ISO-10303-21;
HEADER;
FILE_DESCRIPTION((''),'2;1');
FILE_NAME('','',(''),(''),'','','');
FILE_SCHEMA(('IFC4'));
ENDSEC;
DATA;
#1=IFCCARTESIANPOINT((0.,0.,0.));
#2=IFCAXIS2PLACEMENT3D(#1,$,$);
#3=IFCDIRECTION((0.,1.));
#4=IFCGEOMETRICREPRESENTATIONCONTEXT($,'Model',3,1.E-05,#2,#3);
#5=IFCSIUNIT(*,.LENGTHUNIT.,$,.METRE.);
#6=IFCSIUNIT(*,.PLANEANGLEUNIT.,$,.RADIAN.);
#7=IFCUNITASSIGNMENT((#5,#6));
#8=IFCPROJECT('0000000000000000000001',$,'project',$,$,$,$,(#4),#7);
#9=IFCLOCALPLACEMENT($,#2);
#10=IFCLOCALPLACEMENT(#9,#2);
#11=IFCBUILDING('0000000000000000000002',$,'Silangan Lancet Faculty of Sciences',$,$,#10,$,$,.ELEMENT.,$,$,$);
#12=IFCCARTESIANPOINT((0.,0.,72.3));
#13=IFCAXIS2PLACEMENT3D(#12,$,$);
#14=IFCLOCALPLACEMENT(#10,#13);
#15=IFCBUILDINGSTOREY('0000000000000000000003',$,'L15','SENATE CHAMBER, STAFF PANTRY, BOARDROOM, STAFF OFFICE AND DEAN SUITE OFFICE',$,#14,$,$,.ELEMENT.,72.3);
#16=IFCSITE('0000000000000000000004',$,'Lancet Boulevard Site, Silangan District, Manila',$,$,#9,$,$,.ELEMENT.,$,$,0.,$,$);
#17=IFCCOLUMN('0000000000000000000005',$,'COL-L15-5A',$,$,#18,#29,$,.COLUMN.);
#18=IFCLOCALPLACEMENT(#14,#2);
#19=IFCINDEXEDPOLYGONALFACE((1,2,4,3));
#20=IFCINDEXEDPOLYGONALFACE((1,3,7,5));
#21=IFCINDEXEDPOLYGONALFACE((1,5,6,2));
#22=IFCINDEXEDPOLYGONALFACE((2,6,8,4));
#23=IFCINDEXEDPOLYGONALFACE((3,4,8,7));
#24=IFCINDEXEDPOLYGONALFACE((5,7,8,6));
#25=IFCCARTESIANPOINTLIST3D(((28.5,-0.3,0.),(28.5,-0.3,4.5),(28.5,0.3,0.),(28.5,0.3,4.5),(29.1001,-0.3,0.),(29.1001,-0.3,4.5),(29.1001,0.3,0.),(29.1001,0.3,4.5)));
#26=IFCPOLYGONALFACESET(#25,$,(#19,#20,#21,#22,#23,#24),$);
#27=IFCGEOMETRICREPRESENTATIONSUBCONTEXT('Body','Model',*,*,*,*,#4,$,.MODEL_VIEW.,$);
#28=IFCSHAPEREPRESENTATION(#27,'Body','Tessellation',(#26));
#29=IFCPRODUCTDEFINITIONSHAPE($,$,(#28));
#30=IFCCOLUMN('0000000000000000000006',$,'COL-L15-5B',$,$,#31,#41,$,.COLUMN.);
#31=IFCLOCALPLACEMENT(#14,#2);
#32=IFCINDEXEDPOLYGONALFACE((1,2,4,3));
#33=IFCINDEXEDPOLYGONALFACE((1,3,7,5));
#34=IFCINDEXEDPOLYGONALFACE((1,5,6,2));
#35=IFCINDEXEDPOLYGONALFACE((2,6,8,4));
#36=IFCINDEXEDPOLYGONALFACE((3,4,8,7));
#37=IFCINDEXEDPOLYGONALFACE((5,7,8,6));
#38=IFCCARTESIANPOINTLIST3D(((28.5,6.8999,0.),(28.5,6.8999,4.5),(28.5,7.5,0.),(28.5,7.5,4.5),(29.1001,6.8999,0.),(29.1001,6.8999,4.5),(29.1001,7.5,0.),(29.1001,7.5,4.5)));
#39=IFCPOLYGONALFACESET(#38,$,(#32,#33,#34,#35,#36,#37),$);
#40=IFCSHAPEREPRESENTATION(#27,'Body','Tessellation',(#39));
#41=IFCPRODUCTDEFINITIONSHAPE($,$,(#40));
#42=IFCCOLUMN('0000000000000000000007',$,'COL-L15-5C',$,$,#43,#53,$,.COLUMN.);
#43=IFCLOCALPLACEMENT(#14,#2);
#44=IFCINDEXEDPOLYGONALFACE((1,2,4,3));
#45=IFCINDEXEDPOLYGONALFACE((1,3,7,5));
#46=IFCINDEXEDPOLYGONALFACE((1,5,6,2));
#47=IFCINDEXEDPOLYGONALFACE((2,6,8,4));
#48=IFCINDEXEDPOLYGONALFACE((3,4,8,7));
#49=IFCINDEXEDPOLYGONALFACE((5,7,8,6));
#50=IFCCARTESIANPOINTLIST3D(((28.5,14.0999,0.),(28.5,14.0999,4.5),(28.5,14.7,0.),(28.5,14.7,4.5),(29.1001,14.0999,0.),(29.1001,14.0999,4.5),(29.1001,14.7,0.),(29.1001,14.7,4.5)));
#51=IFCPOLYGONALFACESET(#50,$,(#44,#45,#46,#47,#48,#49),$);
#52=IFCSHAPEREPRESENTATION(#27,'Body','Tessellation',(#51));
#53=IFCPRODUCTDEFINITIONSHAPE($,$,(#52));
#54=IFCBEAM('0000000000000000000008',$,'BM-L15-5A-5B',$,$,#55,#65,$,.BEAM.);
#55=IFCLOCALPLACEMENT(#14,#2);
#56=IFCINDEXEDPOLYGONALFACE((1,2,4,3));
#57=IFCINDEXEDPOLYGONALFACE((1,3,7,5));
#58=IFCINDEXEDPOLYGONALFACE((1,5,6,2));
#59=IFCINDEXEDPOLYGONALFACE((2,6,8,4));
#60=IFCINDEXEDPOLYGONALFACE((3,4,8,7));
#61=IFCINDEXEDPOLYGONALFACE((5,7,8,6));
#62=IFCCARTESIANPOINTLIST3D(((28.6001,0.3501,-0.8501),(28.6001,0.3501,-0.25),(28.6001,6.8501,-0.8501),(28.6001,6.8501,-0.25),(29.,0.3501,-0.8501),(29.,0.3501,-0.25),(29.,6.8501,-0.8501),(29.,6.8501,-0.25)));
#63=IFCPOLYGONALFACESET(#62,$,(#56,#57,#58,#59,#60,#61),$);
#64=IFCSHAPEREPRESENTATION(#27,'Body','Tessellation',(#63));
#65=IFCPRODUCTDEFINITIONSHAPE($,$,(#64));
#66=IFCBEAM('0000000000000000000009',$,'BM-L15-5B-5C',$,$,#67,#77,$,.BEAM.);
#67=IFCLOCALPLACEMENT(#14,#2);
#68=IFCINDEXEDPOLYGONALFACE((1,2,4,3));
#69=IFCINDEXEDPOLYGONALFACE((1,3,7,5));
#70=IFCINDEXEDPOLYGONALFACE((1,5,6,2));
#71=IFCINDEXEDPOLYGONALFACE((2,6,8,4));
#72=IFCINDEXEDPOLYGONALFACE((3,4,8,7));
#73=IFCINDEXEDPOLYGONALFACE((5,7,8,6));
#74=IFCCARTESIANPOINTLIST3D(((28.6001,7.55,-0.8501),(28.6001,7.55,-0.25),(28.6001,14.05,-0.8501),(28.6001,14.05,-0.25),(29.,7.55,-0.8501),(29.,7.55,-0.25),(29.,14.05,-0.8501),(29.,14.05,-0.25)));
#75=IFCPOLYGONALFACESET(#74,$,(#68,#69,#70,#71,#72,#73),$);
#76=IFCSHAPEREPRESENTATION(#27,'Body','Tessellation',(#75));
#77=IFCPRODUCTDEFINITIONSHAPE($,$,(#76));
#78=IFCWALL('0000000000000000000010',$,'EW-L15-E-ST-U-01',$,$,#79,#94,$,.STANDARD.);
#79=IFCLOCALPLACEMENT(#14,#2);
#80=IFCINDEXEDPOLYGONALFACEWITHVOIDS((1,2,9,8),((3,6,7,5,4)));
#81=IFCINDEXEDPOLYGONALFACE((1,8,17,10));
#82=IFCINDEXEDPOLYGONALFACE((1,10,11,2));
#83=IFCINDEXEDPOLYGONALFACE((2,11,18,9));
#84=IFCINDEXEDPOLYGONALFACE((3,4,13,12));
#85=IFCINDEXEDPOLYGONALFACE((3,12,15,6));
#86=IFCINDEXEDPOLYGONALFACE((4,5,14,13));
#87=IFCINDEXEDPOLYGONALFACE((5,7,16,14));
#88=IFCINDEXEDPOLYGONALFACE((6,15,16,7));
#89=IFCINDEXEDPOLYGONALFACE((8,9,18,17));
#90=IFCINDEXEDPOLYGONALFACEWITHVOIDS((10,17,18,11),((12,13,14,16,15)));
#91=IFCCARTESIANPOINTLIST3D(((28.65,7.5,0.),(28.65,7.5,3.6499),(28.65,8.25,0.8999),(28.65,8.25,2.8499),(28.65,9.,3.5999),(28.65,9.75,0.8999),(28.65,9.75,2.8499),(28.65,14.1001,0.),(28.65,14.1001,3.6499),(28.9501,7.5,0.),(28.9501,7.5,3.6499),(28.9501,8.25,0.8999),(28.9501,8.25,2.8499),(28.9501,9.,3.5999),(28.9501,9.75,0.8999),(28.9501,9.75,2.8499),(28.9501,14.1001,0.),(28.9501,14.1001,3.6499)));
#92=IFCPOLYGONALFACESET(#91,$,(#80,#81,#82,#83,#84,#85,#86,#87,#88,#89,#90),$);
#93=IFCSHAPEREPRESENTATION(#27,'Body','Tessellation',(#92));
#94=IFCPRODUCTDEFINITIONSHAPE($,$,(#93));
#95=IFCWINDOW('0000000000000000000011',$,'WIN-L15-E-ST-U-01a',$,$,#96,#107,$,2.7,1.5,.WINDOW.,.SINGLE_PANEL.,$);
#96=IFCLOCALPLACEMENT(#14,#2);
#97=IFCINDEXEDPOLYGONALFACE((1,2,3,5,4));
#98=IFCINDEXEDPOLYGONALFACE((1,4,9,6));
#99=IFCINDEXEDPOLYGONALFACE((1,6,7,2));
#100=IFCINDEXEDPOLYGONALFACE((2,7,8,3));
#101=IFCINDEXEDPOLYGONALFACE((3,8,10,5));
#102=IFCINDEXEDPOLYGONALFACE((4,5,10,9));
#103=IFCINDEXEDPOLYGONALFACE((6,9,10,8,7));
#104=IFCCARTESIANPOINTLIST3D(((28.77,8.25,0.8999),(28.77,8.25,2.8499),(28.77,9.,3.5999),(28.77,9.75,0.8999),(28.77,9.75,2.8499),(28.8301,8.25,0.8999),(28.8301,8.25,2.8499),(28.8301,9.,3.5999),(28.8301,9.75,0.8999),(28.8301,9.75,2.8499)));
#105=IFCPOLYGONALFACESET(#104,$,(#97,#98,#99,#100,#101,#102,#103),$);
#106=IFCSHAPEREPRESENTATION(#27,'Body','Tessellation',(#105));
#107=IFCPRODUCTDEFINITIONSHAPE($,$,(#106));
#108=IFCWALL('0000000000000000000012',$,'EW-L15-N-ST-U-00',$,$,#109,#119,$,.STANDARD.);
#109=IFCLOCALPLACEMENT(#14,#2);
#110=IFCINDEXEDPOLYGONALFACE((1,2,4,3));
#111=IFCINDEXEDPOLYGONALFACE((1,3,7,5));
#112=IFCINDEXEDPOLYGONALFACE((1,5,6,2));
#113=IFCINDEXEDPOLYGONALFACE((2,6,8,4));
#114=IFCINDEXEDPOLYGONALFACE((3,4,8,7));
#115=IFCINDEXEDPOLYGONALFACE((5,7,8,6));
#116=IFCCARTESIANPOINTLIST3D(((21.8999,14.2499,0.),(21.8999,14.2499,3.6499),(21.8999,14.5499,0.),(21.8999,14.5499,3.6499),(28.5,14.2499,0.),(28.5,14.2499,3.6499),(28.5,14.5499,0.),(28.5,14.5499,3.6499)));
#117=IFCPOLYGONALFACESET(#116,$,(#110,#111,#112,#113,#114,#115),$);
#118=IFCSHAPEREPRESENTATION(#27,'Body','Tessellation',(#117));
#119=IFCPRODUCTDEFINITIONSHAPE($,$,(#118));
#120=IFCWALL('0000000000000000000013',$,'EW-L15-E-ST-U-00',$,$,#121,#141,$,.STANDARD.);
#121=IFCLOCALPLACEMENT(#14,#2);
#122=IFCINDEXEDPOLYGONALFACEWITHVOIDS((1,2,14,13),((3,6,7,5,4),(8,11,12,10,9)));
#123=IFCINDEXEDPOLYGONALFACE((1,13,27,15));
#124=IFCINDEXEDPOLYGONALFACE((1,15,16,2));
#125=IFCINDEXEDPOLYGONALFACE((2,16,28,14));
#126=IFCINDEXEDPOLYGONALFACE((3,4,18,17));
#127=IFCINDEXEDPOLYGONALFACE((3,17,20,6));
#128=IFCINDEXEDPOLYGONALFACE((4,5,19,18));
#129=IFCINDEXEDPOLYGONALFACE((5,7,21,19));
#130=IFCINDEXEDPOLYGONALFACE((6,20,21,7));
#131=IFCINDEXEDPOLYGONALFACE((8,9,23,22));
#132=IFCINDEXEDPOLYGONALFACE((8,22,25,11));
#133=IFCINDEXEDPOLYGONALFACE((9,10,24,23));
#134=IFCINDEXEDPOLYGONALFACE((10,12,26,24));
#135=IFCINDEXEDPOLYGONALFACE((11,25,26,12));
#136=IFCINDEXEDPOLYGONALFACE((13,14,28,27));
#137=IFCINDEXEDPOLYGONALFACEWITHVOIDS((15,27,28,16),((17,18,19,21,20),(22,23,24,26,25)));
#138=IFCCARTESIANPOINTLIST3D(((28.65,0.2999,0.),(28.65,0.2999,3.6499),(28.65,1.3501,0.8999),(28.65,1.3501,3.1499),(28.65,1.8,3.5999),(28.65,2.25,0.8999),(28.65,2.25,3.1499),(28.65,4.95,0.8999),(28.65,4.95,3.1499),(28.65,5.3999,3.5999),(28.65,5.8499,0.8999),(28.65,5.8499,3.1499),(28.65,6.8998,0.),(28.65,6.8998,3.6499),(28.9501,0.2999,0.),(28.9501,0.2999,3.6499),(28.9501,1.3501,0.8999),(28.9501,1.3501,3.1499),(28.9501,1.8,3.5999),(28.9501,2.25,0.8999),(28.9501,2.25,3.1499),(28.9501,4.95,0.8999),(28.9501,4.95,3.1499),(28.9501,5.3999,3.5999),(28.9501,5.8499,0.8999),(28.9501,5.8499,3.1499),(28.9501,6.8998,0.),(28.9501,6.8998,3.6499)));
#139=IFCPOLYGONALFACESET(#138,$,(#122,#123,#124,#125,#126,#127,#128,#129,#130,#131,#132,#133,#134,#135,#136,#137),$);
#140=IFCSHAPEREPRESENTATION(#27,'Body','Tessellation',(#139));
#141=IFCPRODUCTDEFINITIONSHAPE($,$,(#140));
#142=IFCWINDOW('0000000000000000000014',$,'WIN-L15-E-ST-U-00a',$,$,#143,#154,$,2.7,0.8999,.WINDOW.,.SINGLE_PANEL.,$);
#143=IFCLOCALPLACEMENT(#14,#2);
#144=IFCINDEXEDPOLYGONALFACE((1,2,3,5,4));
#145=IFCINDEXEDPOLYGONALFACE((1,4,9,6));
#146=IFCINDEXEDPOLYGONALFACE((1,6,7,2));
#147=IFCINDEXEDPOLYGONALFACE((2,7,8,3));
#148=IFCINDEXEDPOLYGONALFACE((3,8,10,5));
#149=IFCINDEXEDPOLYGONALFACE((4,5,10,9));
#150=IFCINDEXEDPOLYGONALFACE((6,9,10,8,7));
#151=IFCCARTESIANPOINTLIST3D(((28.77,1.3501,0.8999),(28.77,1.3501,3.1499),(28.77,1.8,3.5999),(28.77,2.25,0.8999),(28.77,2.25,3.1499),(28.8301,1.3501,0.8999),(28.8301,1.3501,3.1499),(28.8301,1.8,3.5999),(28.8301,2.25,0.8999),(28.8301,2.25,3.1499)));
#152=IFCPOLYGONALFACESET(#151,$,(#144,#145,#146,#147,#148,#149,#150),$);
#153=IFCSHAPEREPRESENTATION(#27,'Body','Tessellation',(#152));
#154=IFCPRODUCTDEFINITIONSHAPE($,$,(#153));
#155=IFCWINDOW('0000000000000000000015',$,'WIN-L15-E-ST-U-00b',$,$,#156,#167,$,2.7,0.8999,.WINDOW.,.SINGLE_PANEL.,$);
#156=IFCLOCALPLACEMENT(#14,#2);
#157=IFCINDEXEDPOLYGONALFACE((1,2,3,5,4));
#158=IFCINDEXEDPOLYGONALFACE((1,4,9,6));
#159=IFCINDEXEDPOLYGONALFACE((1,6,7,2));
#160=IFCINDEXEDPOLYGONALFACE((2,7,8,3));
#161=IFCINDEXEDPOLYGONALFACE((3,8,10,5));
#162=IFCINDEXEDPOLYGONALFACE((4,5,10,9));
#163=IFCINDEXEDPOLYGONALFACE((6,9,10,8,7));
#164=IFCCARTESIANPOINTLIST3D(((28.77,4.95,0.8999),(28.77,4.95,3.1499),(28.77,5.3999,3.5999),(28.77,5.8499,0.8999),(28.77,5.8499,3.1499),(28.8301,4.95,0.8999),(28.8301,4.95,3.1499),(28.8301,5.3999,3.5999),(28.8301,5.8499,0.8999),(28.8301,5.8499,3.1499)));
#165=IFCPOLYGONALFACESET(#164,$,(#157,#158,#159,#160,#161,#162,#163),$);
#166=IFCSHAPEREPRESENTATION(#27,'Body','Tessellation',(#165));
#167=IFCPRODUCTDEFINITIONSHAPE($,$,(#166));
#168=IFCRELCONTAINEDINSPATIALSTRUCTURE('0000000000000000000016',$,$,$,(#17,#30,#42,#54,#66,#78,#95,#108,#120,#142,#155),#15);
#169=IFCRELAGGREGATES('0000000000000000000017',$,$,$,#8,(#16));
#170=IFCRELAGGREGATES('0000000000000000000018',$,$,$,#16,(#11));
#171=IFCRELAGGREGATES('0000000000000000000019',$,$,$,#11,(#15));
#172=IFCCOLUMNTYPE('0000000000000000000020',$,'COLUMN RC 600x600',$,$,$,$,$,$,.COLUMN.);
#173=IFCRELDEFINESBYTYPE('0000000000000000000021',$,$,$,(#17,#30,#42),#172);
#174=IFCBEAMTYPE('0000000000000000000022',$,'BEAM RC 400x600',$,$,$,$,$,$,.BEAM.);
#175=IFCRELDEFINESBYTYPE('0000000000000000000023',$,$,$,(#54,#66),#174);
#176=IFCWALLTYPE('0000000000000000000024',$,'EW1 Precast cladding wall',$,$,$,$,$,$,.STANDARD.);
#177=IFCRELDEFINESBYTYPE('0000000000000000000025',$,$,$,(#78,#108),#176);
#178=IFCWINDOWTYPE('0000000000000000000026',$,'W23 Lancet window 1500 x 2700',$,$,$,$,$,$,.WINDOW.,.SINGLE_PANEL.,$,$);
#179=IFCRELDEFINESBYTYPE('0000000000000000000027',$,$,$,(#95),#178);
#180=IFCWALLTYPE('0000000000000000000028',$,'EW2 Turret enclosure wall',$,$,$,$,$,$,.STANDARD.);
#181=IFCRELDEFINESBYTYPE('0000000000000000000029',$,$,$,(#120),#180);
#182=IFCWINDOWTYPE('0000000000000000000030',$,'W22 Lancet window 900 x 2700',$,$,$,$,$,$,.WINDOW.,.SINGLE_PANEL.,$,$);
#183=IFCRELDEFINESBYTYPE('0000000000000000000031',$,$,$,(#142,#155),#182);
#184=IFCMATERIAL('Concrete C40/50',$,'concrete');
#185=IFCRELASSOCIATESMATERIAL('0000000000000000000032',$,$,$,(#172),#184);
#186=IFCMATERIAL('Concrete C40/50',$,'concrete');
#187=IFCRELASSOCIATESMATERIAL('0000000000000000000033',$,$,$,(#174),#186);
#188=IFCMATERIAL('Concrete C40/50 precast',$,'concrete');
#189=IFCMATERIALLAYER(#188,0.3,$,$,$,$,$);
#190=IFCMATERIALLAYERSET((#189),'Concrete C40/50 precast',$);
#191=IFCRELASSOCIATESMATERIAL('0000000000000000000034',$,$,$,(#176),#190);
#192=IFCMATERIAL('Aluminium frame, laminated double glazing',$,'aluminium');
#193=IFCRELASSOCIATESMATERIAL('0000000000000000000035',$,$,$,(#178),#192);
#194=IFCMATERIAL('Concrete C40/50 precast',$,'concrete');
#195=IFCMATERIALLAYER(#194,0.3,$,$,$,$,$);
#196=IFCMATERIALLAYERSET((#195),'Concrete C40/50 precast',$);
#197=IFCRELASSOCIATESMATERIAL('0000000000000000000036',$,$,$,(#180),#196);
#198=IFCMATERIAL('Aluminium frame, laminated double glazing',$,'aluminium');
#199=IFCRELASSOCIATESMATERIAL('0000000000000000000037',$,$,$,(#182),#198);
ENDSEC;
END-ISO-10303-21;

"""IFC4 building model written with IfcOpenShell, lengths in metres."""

from ifc_helpers import new_model, si_unit, direction, frame, frame_2d, origin, origin_2d, place, context, subcontext, project, spatial, polyline, rectangle, outline, extrude, material, layer, layer_set, material_profile, profile_set, type_object, element, fill, save


model = new_model("IFC4")

# Units and contexts
model_context = context("Model", 3, precision=1e-05, world=origin(), true_north=direction((0.0, 1.0)))
body_context = subcontext(model_context, "Body", "Model", "MODEL_VIEW")
ifc_project = project(units=[si_unit("LENGTHUNIT", "METRE"), si_unit("PLANEANGLEUNIT", "RADIAN")], contexts=[model_context])

# Site, building, storey
site_placement = place(None, origin())
site = spatial("IfcSite", under=ifc_project, at=site_placement, Name="Lancet Boulevard Site, Silangan District, Manila", CompositionType="ELEMENT", RefElevation=0.0)
building_placement = place(site_placement, origin())
building = spatial("IfcBuilding", under=site, at=building_placement, Name="Silangan Lancet Faculty of Sciences", CompositionType="ELEMENT")
storey_placement = place(building_placement, frame((0.0, 0.0, 72.3)))
storey = spatial("IfcBuildingStorey", under=building, at=storey_placement, Name="L15", Description="SENATE CHAMBER, STAFF PANTRY, BOARDROOM, STAFF OFFICE AND DEAN SUITE OFFICE", CompositionType="ELEMENT", Elevation=72.3)

# Columns
ifc_material_1 = material(Name="Concrete C40/50", Category="concrete")
ifc_material_profile_1 = material_profile(ifc_material_1, rectangle(XDim=0.6001, YDim=0.6001, at=origin_2d()), Name="RC 600x600")
ifc_profile_set_1 = profile_set([ifc_material_profile_1], Name="Concrete C40/50")
column_type = type_object("IfcColumnType", Name="COLUMN RC 600x600", PredefinedType="COLUMN", material=ifc_profile_set_1)
for number, where, z_axis, x_axis, name in (
    (1, (28.8, 0.0, 0.0), (0.0, 0.0, 1.0), (1.0, 0.0, 0.0), "COL-L15-5A"),
    (2, (28.8, 7.2, 0.0), (0.0, 0.0, 1.0), (1.0, 0.0, 0.0), "COL-L15-5B"),
    (3, (28.8, 14.3999, 0.0), (0.0, 0.0, 1.0), (1.0, 0.0, 0.0), "COL-L15-5C"),
):
    element("IfcColumn", number, at=place(storey_placement, frame(where, z_axis=z_axis, x_axis=x_axis)), inside=storey, type_object=column_type, Name=name, PredefinedType="COLUMN", context=body_context, shape_type="SweptSolid", body=[
        extrude(rectangle(XDim=0.6001, YDim=0.6001, at=origin_2d()), origin(), (0.0, 0.0, 1.0), 4.5),
    ])

# Beams
ifc_material_2 = material(Name="Concrete C40/50", Category="concrete")
ifc_material_profile_2 = material_profile(ifc_material_2, rectangle(XDim=0.3999, YDim=0.6001, at=origin_2d()), Name="RC 400x600")
ifc_profile_set_2 = profile_set([ifc_material_profile_2], Name="Concrete C40/50")
beam_type = type_object("IfcBeamType", Name="BEAM RC 400x600", PredefinedType="BEAM", material=ifc_profile_set_2)
for number, where, z_axis, x_axis, name in (
    (4, (28.8, 0.3501, -0.55), (0.0, 1.0, 0.0), (-1.0, 0.0, 0.0), "BM-L15-5A-5B"),
    (5, (28.8, 7.55, -0.55), (0.0, 1.0, 0.0), (-1.0, 0.0, 0.0), "BM-L15-5B-5C"),
):
    element("IfcBeam", number, at=place(storey_placement, frame(where, z_axis=z_axis, x_axis=x_axis)), inside=storey, type_object=beam_type, Name=name, PredefinedType="BEAM", context=body_context, shape_type="SweptSolid", body=[
        extrude(rectangle(XDim=0.3999, YDim=0.6001, at=origin_2d()), origin(), (0.0, 0.0, 1.0), 6.5),
    ])

# Wall, opening, window
ifc_material_3 = material(Name="Concrete C40/50 precast", Category="concrete")
ifc_layer_1 = layer(ifc_material_3, 0.3)
ifc_layer_set_1 = layer_set([ifc_layer_1], Name="Concrete C40/50 precast")
wall_type_1 = type_object("IfcWallType", Name="EW1 Precast cladding wall", PredefinedType="STANDARD", material=ifc_layer_set_1)
wall_1_placement = place(storey_placement, frame((28.8, 7.5, 0.0), z_axis=(0.0, 0.0, 1.0), x_axis=(0.0, 1.0, 0.0)))
wall_1 = element("IfcWall", 6, at=wall_1_placement, inside=storey, type_object=wall_type_1, Name="EW-L15-E-ST-U-01", PredefinedType="STANDARD", context=body_context, shape_type="SweptSolid", body=[
    extrude(rectangle(XDim=6.6001, YDim=0.3, at=frame_2d((3.3, 0.0))), origin(), (0.0, 0.0, 1.0), 3.6499),
])
opening_1_placement = place(wall_1_placement, frame((0.75, 0.0, 0.8999)))
opening_1 = element("IfcOpeningElement", 7, at=opening_1_placement, cuts=wall_1, PredefinedType="OPENING", context=body_context, shape_type="SweptSolid", body=[
    extrude(outline(polyline([(0.0, 0.0), (1.5, 0.0), (1.5, 1.95), (0.75, 2.7), (0.0, 1.95), (0.0, 0.0)])), frame((0.0, 0.1599, 0.0), z_axis=(0.0, -1.0, 0.0), x_axis=(1.0, 0.0, 0.0)), (0.0, 0.0, 1.0), 0.3201),
])
ifc_material_4 = material(Name="Aluminium frame, laminated double glazing", Category="aluminium")
window_type_1 = type_object("IfcWindowType", Name="W23 Lancet window 1500 x 2700", PartitioningType="SINGLE_PANEL", PredefinedType="WINDOW", material=ifc_material_4)
window_1_placement = place(opening_1_placement, origin())
window_1 = element("IfcWindow", 8, at=window_1_placement, inside=storey, type_object=window_type_1, Name="WIN-L15-E-ST-U-01a", OverallHeight=2.7, OverallWidth=1.5, PartitioningType="SINGLE_PANEL", PredefinedType="WINDOW", context=body_context, shape_type="SweptSolid", body=[
    extrude(outline(polyline([(0.0, 0.0), (1.5, 0.0), (1.5, 1.95), (0.75, 2.7), (0.0, 1.95), (0.0, 0.0)])), frame((0.0, 0.03, 0.0), z_axis=(0.0, -1.0, 0.0), x_axis=(1.0, 0.0, 0.0)), (0.0, 0.0, 1.0), 0.0601),
])
fill(opening_1, window_1)

# Wall
wall_2_placement = place(storey_placement, frame((28.5, 14.3999, 0.0), z_axis=(0.0, 0.0, 1.0), x_axis=(-1.0, 0.0, 0.0)))
element("IfcWall", 9, at=wall_2_placement, inside=storey, type_object=wall_type_1, Name="EW-L15-N-ST-U-00", PredefinedType="STANDARD", context=body_context, shape_type="SweptSolid", body=[
    extrude(rectangle(XDim=6.6001, YDim=0.3, at=frame_2d((3.3, 0.0))), origin(), (0.0, 0.0, 1.0), 3.6499),
])

# Wall, openings, windows
ifc_material_5 = material(Name="Concrete C40/50 precast", Category="concrete")
ifc_layer_2 = layer(ifc_material_5, 0.3)
ifc_layer_set_2 = layer_set([ifc_layer_2], Name="Concrete C40/50 precast")
wall_type_2 = type_object("IfcWallType", Name="EW2 Turret enclosure wall", PredefinedType="STANDARD", material=ifc_layer_set_2)
wall_3_placement = place(storey_placement, frame((28.8, 0.3, 0.0), z_axis=(0.0, 0.0, 1.0), x_axis=(0.0, 1.0, 0.0)))
wall_3 = element("IfcWall", 10, at=wall_3_placement, inside=storey, type_object=wall_type_2, Name="EW-L15-E-ST-U-00", PredefinedType="STANDARD", context=body_context, shape_type="SweptSolid", body=[
    extrude(rectangle(XDim=6.5999, YDim=0.3, at=frame_2d((3.2998, 0.0))), origin(), (0.0, 0.0, 1.0), 3.6499),
])
opening_2_placement = place(wall_3_placement, frame((1.05, 0.0, 0.8999)))
opening_2 = element("IfcOpeningElement", 11, at=opening_2_placement, cuts=wall_3, PredefinedType="OPENING", context=body_context, shape_type="SweptSolid", body=[
    extrude(outline(polyline([(0.0, 0.0), (0.8999, 0.0), (0.8999, 2.25), (0.45, 2.7), (0.0, 2.25), (0.0, 0.0)])), frame((0.0, 0.1599, 0.0), z_axis=(0.0, -1.0, 0.0), x_axis=(1.0, 0.0, 0.0)), (0.0, 0.0, 1.0), 0.3201),
])
opening_3_placement = place(wall_3_placement, frame((4.6499, 0.0, 0.8999)))
opening_3 = element("IfcOpeningElement", 12, at=opening_3_placement, cuts=wall_3, PredefinedType="OPENING", context=body_context, shape_type="SweptSolid", body=[
    extrude(outline(polyline([(0.0, 0.0), (0.8999, 0.0), (0.8999, 2.25), (0.45, 2.7), (0.0, 2.25), (0.0, 0.0)])), frame((0.0, 0.1599, 0.0), z_axis=(0.0, -1.0, 0.0), x_axis=(1.0, 0.0, 0.0)), (0.0, 0.0, 1.0), 0.3201),
])
ifc_material_6 = material(Name="Aluminium frame, laminated double glazing", Category="aluminium")
window_type_2 = type_object("IfcWindowType", Name="W22 Lancet window 900 x 2700", PartitioningType="SINGLE_PANEL", PredefinedType="WINDOW", material=ifc_material_6)
window_2_placement = place(opening_2_placement, origin())
window_2 = element("IfcWindow", 13, at=window_2_placement, inside=storey, type_object=window_type_2, Name="WIN-L15-E-ST-U-00a", OverallHeight=2.7, OverallWidth=0.8999, PartitioningType="SINGLE_PANEL", PredefinedType="WINDOW", context=body_context, shape_type="SweptSolid", body=[
    extrude(outline(polyline([(0.0, 0.0), (0.8999, 0.0), (0.8999, 2.25), (0.45, 2.7), (0.0, 2.25), (0.0, 0.0)])), frame((0.0, 0.03, 0.0), z_axis=(0.0, -1.0, 0.0), x_axis=(1.0, 0.0, 0.0)), (0.0, 0.0, 1.0), 0.0601),
])
fill(opening_2, window_2)
window_3_placement = place(opening_3_placement, origin())
window_3 = element("IfcWindow", 14, at=window_3_placement, inside=storey, type_object=window_type_2, Name="WIN-L15-E-ST-U-00b", OverallHeight=2.7, OverallWidth=0.8999, PartitioningType="SINGLE_PANEL", PredefinedType="WINDOW", context=body_context, shape_type="SweptSolid", body=[
    extrude(outline(polyline([(0.0, 0.0), (0.8999, 0.0), (0.8999, 2.25), (0.45, 2.7), (0.0, 2.25), (0.0, 0.0)])), frame((0.0, 0.03, 0.0), z_axis=(0.0, -1.0, 0.0), x_axis=(1.0, 0.0, 0.0)), (0.0, 0.0, 1.0), 0.0601),
])
fill(opening_3, window_3)

save(model, "model.ifc")
